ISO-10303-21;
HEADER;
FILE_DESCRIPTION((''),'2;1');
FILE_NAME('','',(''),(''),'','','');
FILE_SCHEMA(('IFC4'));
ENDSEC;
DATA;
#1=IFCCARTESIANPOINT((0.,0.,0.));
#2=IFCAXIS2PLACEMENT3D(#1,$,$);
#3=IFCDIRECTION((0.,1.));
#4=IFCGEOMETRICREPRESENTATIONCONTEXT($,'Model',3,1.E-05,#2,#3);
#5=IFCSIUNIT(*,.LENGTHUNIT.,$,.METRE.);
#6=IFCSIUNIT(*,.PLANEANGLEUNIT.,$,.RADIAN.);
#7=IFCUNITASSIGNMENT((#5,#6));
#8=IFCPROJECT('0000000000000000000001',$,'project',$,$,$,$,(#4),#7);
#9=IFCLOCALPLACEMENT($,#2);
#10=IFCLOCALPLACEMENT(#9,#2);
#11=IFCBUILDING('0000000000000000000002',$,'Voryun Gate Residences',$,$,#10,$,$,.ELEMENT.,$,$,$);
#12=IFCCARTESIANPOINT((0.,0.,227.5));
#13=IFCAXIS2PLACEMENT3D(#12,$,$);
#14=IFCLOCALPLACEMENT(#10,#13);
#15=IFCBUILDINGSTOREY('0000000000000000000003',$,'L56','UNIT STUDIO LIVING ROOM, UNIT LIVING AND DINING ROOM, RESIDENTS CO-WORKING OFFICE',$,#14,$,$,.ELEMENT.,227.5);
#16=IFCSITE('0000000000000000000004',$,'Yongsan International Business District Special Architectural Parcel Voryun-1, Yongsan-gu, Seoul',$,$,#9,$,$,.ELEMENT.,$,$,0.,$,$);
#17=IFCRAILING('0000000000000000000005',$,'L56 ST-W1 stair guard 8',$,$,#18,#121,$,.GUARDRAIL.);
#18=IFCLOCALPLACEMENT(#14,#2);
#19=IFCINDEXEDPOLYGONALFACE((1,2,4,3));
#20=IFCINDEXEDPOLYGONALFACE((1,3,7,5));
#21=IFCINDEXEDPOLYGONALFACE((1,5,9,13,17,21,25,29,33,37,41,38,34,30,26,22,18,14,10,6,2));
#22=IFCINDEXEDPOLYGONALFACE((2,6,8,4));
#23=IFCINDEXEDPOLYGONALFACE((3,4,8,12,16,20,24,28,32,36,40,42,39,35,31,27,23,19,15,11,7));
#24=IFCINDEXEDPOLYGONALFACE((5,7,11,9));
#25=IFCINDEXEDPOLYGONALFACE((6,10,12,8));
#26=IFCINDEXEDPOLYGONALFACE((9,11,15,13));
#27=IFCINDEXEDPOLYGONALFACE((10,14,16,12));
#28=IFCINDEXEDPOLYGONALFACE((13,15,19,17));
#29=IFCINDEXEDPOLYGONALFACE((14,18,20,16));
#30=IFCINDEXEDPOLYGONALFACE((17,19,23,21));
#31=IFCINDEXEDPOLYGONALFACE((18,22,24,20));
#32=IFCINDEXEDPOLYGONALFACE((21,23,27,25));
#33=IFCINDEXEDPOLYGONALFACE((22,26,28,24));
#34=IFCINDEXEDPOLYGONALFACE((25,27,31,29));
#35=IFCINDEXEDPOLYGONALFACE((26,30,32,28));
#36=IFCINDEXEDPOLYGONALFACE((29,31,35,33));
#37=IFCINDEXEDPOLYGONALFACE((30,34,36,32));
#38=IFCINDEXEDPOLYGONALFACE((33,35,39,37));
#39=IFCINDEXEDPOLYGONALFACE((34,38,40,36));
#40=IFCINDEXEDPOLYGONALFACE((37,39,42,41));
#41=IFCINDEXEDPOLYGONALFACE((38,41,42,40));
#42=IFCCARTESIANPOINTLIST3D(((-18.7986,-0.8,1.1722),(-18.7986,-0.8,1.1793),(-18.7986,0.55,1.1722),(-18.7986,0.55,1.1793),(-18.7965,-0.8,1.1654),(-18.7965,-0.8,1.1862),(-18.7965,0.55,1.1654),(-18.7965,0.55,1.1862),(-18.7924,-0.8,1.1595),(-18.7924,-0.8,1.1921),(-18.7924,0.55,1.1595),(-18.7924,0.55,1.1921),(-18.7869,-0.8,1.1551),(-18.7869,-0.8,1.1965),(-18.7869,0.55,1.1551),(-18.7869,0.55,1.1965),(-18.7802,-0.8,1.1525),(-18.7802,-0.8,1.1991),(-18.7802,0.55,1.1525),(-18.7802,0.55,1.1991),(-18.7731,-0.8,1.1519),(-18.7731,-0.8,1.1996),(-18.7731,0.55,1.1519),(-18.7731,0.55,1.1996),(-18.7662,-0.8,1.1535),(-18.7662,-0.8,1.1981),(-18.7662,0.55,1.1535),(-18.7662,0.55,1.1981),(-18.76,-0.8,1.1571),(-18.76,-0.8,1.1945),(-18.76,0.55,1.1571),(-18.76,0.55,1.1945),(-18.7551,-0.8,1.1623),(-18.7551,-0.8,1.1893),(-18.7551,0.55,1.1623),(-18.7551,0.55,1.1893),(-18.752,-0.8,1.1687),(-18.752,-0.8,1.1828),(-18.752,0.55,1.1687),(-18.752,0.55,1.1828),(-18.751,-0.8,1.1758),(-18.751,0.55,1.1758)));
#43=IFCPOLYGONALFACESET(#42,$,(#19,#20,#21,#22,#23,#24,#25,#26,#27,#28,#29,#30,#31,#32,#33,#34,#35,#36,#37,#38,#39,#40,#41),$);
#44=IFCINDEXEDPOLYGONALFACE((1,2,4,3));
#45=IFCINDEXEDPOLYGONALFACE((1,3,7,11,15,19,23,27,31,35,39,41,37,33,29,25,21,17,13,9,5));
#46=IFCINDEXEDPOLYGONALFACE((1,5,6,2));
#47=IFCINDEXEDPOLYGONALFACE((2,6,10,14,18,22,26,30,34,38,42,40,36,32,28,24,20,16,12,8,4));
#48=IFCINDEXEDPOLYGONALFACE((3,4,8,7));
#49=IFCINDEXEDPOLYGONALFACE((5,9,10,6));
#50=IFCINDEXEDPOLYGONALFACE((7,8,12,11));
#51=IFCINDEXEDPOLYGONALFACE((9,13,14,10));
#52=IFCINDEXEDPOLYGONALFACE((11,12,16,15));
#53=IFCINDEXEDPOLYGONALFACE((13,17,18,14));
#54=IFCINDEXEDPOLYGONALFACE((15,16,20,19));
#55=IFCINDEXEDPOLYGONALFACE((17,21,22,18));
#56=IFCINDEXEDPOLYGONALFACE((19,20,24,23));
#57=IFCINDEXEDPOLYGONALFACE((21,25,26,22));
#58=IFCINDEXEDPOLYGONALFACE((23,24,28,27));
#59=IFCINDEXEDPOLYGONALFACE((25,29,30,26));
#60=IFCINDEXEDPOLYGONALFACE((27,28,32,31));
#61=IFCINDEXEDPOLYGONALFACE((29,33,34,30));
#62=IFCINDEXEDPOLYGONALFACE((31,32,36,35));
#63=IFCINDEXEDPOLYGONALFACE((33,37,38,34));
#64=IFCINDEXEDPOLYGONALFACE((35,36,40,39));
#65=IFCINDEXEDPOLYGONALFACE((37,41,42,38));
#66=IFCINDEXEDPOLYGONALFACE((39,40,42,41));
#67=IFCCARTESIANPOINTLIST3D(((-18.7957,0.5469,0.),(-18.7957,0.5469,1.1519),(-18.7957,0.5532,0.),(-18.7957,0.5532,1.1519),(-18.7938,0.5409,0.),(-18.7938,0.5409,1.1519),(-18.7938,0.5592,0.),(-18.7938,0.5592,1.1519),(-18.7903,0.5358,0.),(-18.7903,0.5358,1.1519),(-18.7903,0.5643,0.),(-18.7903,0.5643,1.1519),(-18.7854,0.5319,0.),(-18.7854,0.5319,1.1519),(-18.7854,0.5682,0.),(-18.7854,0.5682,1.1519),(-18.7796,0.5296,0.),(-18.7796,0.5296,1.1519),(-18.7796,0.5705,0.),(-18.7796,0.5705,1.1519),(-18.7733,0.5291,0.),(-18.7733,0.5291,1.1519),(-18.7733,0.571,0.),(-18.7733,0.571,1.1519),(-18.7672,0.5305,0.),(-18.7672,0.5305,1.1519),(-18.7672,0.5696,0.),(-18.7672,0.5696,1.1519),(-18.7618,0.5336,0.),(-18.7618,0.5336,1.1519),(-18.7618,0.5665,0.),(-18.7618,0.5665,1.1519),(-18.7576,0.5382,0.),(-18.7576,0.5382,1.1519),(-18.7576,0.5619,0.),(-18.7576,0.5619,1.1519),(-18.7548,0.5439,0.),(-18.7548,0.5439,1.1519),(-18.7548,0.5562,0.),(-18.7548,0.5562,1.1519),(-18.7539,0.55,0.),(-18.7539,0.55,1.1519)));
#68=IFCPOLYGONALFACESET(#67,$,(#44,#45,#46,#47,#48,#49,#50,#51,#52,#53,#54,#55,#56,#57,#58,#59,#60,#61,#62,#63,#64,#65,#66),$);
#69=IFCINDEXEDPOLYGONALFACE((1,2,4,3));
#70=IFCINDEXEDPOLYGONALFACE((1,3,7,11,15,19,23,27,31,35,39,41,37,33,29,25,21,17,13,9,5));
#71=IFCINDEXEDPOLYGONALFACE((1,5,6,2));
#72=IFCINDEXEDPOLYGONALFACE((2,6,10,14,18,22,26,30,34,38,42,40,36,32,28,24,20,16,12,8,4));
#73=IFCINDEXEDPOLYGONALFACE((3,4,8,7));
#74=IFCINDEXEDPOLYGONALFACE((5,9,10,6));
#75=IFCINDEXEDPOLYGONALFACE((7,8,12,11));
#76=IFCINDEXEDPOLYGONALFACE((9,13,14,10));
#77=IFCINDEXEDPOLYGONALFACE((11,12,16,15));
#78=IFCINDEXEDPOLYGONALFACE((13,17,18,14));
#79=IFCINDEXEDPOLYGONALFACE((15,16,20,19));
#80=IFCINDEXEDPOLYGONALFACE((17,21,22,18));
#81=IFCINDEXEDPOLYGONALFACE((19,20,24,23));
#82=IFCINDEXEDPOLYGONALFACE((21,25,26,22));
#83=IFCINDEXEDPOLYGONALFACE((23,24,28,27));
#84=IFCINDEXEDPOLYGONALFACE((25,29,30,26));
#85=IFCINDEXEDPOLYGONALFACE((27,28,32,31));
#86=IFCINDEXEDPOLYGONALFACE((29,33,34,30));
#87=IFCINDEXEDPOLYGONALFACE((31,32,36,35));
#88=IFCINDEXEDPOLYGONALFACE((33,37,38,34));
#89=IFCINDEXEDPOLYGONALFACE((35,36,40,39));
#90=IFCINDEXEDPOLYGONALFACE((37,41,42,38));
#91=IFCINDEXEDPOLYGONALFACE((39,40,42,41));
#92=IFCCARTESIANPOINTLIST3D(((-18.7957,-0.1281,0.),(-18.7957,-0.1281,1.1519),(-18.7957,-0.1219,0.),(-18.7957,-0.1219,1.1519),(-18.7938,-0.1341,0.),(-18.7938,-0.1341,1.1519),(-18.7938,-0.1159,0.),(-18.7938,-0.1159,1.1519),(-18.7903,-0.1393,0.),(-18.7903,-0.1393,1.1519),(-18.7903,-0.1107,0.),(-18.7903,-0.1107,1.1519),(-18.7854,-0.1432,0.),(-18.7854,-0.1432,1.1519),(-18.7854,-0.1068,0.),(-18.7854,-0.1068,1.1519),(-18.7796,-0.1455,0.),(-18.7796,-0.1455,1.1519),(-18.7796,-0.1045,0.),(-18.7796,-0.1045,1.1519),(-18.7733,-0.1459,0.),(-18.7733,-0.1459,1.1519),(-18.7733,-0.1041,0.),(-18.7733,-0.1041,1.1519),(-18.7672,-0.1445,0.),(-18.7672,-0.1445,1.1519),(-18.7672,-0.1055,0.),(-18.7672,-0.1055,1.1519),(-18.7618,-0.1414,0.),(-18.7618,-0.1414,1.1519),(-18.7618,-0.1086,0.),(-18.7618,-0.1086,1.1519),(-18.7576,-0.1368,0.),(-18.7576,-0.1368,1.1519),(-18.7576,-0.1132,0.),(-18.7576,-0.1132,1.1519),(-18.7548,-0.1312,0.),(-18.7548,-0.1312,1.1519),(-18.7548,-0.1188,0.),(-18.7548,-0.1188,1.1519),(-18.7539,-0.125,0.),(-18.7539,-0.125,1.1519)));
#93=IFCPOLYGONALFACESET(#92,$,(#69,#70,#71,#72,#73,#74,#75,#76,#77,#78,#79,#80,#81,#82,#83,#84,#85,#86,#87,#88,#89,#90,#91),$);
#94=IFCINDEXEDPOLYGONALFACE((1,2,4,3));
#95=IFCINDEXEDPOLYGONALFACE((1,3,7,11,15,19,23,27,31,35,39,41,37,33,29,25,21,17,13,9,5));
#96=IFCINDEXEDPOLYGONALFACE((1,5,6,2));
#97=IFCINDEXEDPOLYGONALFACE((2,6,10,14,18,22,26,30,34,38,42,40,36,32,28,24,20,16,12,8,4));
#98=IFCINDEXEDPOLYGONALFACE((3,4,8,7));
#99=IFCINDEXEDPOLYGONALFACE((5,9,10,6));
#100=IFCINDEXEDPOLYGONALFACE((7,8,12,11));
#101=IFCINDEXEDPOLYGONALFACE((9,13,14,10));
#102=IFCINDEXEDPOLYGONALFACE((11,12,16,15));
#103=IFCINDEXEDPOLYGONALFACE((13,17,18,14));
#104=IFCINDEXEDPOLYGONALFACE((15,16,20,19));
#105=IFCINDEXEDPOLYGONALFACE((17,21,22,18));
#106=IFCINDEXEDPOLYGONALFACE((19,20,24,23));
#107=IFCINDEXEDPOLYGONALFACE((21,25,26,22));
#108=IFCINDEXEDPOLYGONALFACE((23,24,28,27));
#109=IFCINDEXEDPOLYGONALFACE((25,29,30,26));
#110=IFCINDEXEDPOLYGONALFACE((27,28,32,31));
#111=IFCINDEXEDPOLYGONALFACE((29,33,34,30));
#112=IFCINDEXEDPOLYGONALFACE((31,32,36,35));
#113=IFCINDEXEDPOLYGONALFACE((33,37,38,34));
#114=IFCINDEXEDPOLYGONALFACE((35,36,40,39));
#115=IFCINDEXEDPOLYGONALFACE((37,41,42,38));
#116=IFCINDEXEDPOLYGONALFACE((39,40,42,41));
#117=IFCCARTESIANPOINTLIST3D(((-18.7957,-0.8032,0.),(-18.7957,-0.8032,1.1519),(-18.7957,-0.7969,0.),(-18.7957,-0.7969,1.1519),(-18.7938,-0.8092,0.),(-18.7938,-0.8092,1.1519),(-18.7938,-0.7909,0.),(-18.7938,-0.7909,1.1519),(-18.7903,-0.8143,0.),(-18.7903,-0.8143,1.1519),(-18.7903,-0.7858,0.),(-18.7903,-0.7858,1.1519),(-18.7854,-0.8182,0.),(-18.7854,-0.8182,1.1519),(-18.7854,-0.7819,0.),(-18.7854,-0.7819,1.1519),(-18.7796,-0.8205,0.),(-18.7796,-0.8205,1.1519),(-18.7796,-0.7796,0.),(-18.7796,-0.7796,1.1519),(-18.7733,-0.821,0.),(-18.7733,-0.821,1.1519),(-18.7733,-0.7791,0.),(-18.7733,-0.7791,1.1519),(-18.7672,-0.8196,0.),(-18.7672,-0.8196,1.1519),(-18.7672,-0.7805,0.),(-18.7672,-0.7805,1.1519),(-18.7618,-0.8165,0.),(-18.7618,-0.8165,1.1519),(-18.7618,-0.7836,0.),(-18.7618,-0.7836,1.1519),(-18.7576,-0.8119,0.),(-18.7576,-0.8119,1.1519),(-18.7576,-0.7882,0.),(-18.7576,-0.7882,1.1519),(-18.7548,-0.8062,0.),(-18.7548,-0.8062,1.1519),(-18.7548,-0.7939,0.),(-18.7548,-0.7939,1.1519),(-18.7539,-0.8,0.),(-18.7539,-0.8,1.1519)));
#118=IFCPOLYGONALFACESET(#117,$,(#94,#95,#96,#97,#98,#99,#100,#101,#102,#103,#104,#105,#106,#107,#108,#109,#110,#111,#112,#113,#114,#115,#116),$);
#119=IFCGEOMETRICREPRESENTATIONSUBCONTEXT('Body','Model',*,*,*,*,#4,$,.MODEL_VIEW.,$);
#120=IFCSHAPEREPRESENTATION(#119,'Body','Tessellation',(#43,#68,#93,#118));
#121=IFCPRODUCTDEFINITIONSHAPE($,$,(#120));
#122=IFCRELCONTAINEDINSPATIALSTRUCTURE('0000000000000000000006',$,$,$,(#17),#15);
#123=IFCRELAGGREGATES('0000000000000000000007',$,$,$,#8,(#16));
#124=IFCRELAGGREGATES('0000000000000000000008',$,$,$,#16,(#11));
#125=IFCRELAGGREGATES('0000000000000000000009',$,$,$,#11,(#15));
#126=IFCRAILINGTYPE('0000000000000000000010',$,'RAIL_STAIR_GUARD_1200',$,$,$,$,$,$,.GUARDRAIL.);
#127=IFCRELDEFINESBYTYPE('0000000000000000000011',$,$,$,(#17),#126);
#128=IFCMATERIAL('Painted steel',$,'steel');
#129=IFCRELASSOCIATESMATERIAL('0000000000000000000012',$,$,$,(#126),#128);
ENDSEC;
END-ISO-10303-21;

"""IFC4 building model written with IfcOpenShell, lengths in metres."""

from ifc_helpers import new_model, si_unit, direction, frame, origin, origin_2d, place, context, subcontext, project, spatial, circle, extrude, material, type_object, element, save


model = new_model("IFC4")

# Units and contexts
model_context = context("Model", 3, precision=1e-05, world=origin(), true_north=direction((0.0, 1.0)))
body_context = subcontext(model_context, "Body", "Model", "MODEL_VIEW")
ifc_project = project(units=[si_unit("LENGTHUNIT", "METRE"), si_unit("PLANEANGLEUNIT", "RADIAN")], contexts=[model_context])

# Site, building, storey
site_placement = place(None, origin())
site = spatial("IfcSite", under=ifc_project, at=site_placement, Name="Yongsan International Business District Special Architectural Parcel Voryun-1, Yongsan-gu, Seoul", CompositionType="ELEMENT", RefElevation=0.0)
building_placement = place(site_placement, origin())
building = spatial("IfcBuilding", under=site, at=building_placement, Name="Voryun Gate Residences", CompositionType="ELEMENT")
storey_placement = place(building_placement, frame((0.0, 0.0, 227.5)))
storey = spatial("IfcBuildingStorey", under=building, at=storey_placement, Name="L56", Description="UNIT STUDIO LIVING ROOM, UNIT LIVING AND DINING ROOM, RESIDENTS CO-WORKING OFFICE", CompositionType="ELEMENT", Elevation=227.5)

# Railing
ifc_material_1 = material(Name="Painted steel", Category="steel")
railing_type = type_object("IfcRailingType", Name="RAIL_STAIR_GUARD_1200", PredefinedType="GUARDRAIL", material=ifc_material_1)
railing_1_placement = place(storey_placement, frame((-18.7749, 0.55, 0.0)))
element("IfcRailing", 1, at=railing_1_placement, inside=storey, type_object=railing_type, Name="L56 ST-W1 stair guard 8", PredefinedType="GUARDRAIL", context=body_context, shape_type="SweptSolid", body=[
    extrude(circle(Radius=0.0239, at=origin_2d()), frame((0.0, 0.0, 1.1758), z_axis=(0.0, -1.0, 0.0), x_axis=(1.0, 0.0, 0.0)), (0.0, 0.0, 1.0), 1.3501),
    extrude(circle(Radius=0.021, at=origin_2d()), origin(), (0.0, 0.0, 1.0), 1.1519),
    extrude(circle(Radius=0.021, at=origin_2d()), frame((0.0, -0.675, 0.0)), (0.0, 0.0, 1.0), 1.1519),
    extrude(circle(Radius=0.021, at=origin_2d()), frame((0.0, -1.3501, 0.0)), (0.0, 0.0, 1.0), 1.1519),
])

save(model, "model.ifc")
